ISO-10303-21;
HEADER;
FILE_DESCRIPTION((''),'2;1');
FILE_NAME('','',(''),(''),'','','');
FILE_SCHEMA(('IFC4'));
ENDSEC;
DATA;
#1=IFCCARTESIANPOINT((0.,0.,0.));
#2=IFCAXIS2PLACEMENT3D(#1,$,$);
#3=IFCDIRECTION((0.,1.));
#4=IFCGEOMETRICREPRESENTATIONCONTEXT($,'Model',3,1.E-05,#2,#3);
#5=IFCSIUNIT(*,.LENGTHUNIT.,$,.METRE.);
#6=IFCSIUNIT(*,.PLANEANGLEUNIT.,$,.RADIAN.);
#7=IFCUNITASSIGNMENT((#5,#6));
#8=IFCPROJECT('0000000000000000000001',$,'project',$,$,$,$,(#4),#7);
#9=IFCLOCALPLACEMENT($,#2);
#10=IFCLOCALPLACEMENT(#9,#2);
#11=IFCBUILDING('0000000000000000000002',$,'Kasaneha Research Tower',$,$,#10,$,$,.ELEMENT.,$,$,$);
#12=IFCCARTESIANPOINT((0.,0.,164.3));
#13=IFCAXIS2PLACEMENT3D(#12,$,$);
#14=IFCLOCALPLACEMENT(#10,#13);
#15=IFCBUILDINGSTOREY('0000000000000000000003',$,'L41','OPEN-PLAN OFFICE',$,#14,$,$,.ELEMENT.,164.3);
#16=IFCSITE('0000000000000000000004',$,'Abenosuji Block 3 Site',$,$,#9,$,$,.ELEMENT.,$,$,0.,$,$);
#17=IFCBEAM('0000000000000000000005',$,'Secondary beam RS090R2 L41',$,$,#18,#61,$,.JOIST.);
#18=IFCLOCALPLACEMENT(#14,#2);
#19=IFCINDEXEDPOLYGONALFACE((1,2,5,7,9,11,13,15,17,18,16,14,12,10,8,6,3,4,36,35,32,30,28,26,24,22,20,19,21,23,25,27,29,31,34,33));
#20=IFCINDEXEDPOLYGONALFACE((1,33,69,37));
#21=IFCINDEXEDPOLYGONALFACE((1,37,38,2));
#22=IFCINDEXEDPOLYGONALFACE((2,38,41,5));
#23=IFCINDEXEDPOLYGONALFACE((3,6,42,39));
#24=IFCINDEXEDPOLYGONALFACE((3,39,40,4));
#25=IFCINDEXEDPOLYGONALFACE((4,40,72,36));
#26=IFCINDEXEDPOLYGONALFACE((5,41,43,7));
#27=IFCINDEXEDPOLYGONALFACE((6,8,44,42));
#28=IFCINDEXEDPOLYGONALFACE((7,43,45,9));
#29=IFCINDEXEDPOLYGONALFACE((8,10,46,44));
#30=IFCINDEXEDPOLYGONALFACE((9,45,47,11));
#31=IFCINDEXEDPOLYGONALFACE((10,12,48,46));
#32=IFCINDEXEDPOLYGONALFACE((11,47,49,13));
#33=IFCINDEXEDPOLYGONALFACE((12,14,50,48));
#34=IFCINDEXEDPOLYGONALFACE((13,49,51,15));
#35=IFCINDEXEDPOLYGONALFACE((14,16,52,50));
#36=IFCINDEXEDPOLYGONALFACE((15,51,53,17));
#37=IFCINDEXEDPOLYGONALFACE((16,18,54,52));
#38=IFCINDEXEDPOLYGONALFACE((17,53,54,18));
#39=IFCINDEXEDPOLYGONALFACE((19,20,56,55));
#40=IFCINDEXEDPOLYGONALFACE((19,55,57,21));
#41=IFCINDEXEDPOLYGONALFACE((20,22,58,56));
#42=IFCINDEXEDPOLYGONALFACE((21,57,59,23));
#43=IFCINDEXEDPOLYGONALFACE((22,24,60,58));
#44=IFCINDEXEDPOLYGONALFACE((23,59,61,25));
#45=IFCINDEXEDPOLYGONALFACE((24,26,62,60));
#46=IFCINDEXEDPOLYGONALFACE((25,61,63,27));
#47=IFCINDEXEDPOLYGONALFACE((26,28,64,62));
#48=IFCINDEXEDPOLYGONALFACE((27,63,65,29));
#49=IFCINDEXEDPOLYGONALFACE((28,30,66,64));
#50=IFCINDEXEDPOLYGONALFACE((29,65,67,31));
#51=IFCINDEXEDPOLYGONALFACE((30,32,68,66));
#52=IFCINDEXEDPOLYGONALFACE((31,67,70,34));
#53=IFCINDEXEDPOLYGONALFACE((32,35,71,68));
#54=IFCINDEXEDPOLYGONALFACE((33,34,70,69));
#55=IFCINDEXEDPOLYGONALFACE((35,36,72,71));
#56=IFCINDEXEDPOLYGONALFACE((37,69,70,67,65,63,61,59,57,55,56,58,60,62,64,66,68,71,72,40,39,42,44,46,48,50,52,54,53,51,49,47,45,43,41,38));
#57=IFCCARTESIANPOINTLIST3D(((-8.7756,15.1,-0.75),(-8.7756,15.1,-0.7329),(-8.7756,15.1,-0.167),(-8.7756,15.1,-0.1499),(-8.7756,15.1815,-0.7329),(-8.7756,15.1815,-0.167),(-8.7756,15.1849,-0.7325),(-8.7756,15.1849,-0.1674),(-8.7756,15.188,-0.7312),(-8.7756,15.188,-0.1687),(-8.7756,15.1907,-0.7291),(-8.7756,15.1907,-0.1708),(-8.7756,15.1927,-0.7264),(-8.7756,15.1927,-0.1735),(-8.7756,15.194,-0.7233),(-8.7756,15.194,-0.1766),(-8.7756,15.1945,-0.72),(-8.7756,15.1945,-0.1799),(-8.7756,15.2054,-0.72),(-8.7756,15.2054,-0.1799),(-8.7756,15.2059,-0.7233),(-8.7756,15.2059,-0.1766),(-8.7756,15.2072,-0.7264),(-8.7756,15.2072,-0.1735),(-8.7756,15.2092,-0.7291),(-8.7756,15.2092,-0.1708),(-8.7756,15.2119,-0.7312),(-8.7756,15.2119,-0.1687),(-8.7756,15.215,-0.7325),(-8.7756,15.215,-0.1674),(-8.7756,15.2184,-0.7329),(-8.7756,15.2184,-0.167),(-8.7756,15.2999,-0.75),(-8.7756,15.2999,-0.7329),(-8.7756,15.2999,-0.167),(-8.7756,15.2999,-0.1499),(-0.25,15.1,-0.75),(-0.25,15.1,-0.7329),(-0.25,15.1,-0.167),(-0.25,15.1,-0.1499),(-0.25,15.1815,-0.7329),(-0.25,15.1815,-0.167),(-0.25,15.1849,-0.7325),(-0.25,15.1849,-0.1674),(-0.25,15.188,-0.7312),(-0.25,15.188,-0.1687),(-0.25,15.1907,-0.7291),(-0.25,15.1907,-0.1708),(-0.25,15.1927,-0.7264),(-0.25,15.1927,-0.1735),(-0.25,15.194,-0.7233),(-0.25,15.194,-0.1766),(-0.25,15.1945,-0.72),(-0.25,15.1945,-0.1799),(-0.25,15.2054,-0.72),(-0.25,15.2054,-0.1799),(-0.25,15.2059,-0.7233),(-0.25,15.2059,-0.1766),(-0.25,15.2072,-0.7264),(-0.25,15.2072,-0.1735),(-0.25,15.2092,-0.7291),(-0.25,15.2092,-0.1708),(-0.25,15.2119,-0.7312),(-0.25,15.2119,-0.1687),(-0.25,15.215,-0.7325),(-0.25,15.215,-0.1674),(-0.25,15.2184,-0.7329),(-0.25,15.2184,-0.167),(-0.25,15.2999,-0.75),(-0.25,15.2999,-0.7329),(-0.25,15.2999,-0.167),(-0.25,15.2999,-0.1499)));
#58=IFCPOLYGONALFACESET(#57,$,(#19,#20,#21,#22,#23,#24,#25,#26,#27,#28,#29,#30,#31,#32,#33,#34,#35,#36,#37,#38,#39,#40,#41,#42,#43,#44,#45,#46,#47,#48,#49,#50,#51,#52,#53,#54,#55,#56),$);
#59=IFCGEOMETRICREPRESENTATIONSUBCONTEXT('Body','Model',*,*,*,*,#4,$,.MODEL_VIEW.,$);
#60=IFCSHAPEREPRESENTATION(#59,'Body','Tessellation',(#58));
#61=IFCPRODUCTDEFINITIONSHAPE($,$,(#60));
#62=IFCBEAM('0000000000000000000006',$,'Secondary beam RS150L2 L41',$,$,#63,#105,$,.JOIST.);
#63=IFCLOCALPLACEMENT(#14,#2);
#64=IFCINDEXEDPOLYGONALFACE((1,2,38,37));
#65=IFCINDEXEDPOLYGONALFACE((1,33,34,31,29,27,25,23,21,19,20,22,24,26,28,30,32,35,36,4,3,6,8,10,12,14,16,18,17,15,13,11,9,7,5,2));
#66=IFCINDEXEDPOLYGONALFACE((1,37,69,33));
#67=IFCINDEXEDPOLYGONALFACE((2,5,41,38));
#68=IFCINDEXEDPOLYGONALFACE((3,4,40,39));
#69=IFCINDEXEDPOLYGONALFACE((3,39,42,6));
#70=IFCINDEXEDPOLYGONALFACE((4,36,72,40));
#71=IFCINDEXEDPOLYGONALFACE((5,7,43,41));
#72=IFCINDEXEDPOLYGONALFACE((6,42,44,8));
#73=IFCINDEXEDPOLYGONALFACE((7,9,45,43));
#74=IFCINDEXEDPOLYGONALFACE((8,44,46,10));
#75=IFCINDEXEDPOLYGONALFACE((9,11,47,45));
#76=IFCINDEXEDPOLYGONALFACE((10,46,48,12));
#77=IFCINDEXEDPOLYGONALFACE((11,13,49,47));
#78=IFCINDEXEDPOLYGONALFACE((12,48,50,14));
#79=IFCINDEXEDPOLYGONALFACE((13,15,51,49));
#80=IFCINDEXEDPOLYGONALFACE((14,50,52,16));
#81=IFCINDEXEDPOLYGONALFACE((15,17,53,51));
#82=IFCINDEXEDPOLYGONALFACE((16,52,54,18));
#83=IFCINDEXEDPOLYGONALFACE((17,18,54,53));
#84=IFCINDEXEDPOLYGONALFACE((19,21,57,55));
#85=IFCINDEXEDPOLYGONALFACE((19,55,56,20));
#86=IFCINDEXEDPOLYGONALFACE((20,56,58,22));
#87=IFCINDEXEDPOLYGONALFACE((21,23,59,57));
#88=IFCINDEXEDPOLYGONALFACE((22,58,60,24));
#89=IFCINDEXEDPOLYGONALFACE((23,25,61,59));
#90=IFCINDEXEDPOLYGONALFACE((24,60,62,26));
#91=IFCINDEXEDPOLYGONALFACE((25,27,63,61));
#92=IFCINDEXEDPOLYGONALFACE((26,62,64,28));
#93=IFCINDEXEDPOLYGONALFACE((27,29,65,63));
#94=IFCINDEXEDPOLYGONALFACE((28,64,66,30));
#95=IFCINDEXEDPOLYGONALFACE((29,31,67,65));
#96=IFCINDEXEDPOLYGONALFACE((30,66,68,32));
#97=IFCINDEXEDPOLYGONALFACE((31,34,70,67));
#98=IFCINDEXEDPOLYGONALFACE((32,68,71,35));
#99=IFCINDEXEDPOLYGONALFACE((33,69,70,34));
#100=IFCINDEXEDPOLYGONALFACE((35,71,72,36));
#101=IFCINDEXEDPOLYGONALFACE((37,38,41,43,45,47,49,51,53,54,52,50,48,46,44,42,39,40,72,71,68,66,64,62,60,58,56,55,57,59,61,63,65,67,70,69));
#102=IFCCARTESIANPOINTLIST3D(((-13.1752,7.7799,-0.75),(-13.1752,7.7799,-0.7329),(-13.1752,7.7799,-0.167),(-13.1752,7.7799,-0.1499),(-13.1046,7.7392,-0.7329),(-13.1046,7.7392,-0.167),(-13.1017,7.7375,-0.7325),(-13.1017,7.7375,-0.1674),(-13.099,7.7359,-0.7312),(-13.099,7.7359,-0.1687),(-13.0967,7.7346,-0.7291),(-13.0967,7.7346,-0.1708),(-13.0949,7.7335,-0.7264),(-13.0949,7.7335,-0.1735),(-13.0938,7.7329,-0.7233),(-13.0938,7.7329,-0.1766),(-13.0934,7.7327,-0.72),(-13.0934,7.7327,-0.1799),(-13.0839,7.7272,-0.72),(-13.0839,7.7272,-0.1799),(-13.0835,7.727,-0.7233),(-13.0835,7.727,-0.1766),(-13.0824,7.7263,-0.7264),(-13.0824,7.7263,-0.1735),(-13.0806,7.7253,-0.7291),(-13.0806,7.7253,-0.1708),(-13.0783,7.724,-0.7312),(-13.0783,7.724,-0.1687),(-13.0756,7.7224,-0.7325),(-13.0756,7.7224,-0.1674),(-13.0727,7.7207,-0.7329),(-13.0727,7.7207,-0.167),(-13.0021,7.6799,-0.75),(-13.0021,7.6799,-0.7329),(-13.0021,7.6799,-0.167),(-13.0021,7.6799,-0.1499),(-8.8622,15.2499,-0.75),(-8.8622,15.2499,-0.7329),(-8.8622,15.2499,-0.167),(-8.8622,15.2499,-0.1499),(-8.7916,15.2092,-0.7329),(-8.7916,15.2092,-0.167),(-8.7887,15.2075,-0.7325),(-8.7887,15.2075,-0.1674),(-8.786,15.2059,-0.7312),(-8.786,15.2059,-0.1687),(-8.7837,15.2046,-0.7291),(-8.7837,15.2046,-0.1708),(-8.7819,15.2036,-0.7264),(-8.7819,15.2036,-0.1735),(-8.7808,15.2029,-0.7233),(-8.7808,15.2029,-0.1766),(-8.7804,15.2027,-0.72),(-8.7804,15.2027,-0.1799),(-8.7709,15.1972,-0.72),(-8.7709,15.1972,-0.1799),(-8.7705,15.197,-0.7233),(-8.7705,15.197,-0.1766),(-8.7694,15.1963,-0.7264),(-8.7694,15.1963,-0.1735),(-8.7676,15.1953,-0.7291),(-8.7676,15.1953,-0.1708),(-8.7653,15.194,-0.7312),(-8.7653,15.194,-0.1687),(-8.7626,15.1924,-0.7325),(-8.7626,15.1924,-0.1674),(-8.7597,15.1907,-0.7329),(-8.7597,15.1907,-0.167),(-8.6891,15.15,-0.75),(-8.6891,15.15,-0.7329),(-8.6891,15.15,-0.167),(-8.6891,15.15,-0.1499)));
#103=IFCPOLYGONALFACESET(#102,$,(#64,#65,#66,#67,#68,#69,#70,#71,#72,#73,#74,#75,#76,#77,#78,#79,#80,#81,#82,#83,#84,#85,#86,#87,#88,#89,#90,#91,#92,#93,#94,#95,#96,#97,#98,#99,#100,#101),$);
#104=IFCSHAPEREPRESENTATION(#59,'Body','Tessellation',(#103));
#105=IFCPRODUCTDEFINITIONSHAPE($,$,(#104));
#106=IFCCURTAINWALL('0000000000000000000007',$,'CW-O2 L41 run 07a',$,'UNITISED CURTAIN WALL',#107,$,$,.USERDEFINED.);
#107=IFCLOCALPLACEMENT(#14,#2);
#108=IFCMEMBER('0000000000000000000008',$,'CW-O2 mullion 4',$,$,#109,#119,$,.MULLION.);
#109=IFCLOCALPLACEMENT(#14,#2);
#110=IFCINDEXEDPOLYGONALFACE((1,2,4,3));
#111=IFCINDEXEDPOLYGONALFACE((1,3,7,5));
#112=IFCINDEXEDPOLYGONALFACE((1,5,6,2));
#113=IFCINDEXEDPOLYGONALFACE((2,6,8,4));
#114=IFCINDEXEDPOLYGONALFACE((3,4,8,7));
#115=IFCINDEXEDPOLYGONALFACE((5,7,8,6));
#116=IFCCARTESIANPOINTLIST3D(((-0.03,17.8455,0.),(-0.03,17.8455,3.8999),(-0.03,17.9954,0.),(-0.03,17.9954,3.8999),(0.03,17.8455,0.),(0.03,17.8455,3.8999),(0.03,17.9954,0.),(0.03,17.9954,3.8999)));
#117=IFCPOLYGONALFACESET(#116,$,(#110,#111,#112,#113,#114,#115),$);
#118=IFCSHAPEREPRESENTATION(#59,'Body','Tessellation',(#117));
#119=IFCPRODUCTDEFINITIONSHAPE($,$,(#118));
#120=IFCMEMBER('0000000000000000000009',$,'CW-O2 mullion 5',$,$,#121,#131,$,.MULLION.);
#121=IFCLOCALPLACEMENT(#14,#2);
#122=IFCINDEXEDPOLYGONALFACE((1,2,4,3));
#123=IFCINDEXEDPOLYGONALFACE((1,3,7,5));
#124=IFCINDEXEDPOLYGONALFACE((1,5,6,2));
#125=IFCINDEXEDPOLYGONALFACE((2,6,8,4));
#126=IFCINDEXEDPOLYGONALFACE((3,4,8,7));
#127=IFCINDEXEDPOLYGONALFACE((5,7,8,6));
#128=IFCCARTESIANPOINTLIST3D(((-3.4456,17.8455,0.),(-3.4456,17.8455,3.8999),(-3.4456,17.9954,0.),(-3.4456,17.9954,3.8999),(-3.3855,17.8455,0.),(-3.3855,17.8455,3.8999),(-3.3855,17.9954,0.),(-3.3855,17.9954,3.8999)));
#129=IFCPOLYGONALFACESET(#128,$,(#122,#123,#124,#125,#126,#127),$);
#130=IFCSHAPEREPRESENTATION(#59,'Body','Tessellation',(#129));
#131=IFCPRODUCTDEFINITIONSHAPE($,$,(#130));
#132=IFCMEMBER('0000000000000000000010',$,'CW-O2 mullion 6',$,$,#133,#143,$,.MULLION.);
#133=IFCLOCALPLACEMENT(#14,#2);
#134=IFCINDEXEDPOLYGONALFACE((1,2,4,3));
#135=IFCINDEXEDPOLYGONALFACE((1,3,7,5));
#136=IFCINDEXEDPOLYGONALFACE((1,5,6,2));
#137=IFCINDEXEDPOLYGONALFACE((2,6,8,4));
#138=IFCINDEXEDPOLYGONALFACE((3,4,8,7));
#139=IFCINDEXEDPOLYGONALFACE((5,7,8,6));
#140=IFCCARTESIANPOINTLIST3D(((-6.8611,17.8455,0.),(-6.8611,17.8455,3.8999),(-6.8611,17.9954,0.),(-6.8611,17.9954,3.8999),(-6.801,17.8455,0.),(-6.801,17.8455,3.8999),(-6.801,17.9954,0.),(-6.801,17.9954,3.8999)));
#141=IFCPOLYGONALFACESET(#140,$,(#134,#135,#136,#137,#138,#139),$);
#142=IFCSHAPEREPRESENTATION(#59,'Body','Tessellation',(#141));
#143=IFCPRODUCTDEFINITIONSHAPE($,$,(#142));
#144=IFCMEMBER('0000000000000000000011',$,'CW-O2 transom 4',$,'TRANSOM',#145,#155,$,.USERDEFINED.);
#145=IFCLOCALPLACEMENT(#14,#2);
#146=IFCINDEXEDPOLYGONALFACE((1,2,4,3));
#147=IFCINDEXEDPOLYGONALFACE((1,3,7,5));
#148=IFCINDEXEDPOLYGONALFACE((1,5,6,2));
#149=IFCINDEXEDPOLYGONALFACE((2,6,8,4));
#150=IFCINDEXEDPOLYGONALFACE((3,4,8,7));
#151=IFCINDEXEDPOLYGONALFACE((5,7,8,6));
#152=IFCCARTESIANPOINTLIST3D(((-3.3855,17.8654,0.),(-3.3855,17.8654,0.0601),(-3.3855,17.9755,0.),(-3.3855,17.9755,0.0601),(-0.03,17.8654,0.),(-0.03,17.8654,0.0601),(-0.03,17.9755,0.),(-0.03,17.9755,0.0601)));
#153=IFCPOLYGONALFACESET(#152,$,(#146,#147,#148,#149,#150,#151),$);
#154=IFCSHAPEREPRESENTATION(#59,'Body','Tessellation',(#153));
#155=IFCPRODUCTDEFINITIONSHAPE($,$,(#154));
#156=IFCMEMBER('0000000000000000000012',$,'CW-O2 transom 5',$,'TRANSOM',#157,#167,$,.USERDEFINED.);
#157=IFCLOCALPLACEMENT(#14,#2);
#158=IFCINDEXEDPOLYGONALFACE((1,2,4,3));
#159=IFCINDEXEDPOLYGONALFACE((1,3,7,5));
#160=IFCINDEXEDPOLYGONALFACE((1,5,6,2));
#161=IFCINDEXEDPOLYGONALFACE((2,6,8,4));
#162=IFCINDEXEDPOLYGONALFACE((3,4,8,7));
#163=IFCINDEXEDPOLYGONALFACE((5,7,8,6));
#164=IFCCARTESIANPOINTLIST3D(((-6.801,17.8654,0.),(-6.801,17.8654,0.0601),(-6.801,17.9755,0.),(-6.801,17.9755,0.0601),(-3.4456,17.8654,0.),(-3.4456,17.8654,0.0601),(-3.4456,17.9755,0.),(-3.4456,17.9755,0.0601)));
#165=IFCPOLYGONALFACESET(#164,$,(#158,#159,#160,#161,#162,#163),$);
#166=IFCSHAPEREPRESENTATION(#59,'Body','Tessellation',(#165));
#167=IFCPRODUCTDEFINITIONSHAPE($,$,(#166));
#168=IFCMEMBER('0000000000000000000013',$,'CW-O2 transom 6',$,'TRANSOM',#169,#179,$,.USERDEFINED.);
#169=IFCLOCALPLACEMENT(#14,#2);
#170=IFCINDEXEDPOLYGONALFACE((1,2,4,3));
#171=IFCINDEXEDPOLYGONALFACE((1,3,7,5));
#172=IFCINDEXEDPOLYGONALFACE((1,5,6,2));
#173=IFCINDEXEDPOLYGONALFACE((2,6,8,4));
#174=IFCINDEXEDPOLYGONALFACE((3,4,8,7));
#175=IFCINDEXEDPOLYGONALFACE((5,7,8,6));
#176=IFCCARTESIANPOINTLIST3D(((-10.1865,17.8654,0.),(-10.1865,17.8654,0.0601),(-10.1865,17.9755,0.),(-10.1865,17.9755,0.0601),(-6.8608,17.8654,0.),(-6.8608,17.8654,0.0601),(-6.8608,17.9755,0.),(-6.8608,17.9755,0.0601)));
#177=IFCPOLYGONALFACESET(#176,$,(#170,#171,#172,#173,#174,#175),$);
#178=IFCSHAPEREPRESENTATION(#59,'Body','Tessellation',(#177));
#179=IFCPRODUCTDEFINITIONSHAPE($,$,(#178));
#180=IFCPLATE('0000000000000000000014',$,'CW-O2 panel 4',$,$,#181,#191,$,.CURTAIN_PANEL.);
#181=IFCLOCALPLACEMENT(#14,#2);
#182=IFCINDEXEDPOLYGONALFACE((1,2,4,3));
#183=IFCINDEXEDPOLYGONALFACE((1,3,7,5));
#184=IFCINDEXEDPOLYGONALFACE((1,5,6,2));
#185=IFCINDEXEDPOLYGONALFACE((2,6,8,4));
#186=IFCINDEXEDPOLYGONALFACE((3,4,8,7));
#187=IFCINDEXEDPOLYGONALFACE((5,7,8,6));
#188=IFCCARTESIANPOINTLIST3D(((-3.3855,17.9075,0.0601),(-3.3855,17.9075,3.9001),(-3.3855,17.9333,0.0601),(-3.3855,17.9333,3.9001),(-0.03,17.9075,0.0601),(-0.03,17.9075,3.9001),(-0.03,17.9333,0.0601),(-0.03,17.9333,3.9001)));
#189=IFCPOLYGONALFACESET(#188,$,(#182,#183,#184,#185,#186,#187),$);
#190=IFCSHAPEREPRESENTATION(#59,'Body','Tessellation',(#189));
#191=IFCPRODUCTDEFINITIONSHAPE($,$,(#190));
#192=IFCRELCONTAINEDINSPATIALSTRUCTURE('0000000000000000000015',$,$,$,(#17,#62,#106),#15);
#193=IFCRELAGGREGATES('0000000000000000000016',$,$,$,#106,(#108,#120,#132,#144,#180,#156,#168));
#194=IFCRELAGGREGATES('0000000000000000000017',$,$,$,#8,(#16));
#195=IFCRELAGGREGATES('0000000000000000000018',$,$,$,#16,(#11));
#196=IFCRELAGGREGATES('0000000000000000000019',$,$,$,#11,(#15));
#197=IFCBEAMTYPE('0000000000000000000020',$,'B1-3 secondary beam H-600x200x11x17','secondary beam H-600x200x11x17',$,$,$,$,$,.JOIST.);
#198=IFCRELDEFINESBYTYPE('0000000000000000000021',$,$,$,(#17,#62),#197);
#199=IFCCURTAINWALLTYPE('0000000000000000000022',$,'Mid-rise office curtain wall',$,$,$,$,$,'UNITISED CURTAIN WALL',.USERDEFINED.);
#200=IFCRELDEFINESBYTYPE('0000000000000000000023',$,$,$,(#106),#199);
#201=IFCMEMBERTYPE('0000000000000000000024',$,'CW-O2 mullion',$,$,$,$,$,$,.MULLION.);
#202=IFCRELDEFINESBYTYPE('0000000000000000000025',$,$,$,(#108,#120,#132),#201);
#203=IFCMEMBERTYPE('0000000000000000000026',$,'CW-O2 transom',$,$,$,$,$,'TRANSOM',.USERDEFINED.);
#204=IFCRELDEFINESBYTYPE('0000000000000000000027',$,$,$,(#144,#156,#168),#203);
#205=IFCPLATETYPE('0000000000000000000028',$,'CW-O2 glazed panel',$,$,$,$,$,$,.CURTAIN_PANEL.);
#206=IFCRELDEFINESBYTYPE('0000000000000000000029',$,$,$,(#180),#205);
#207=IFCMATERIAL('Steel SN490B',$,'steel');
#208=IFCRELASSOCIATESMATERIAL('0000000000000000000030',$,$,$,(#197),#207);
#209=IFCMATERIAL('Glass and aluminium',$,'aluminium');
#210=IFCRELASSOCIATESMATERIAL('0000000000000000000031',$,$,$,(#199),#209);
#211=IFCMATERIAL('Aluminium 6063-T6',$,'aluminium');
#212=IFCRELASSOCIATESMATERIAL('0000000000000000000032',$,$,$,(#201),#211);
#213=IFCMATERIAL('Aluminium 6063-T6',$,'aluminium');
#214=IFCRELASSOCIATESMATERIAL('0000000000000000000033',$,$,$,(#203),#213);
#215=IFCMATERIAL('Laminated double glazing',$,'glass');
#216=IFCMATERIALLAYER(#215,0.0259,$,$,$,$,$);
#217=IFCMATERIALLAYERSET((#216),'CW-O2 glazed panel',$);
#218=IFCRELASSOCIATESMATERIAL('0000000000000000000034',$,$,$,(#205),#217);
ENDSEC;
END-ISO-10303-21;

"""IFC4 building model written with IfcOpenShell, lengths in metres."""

from ifc_helpers import new_model, si_unit, direction, frame, origin, origin_2d, place, context, subcontext, project, spatial, rectangle, i_section, extrude, material, layer, layer_set, material_profile, profile_set, type_object, element, aggregate, save


model = new_model("IFC4")

# Units and contexts
model_context = context("Model", 3, precision=1e-05, world=origin(), true_north=direction((0.0, 1.0)))
body_context = subcontext(model_context, "Body", "Model", "MODEL_VIEW")
ifc_project = project(units=[si_unit("LENGTHUNIT", "METRE"), si_unit("PLANEANGLEUNIT", "RADIAN")], contexts=[model_context])

# Site, building, storey
site_placement = place(None, origin())
site = spatial("IfcSite", under=ifc_project, at=site_placement, Name="Abenosuji Block 3 Site", CompositionType="ELEMENT", RefElevation=0.0)
building_placement = place(site_placement, origin())
building = spatial("IfcBuilding", under=site, at=building_placement, Name="Kasaneha Research Tower", CompositionType="ELEMENT")
storey_placement = place(building_placement, frame((0.0, 0.0, 164.3)))
storey = spatial("IfcBuildingStorey", under=building, at=storey_placement, Name="L41", Description="OPEN-PLAN OFFICE", CompositionType="ELEMENT", Elevation=164.3)

# Beams
ifc_material_1 = material(Name="Steel SN490B", Category="steel")
ifc_material_profile_1 = material_profile(ifc_material_1, i_section(OverallWidth=0.2, OverallDepth=0.6001, WebThickness=0.011, FlangeThickness=0.0171, FilletRadius=0.0129, at=origin_2d()), Name="H-600x200x11x17")
ifc_profile_set_1 = profile_set([ifc_material_profile_1], Name="Steel SN490B")
beam_type = type_object("IfcBeamType", Name="B1-3 secondary beam H-600x200x11x17", Description="secondary beam H-600x200x11x17", PredefinedType="JOIST", material=ifc_profile_set_1)
beam_1_placement = place(storey_placement, frame((-8.7756, 15.2, -0.45), z_axis=(1.0, 0.0, 0.0), x_axis=(0.0, 1.0, 0.0)))
element("IfcBeam", 1, at=beam_1_placement, inside=storey, type_object=beam_type, Name="Secondary beam RS090R2 L41", PredefinedType="JOIST", context=body_context, shape_type="SweptSolid", body=[
    extrude(i_section(OverallWidth=0.2, OverallDepth=0.6001, WebThickness=0.011, FlangeThickness=0.0171, FilletRadius=0.0129, at=origin_2d()), origin(), (0.0, 0.0, 1.0), 8.5256),
])
beam_2_placement = place(storey_placement, frame((-8.7756, 15.2, -0.45), z_axis=(-0.500017, -0.866015, 0.0), x_axis=(0.866015, -0.500017, 0.0)))
element("IfcBeam", 2, at=beam_2_placement, inside=storey, type_object=beam_type, Name="Secondary beam RS150L2 L41", PredefinedType="JOIST", context=body_context, shape_type="SweptSolid", body=[
    extrude(i_section(OverallWidth=0.2, OverallDepth=0.6001, WebThickness=0.011, FlangeThickness=0.0171, FilletRadius=0.0129, at=origin_2d()), origin(), (0.0, 0.0, 1.0), 8.6257),
])

# Curtain wall, members, plate
ifc_material_2 = material(Name="Glass and aluminium", Category="aluminium")
curtain_wall_type = type_object("IfcCurtainWallType", Name="Mid-rise office curtain wall", ElementType="UNITISED CURTAIN WALL", PredefinedType="USERDEFINED", material=ifc_material_2)
curtain_wall_placement = place(storey_placement, origin())
curtain_wall = element("IfcCurtainWall", 3, at=curtain_wall_placement, inside=storey, type_object=curtain_wall_type, Name="CW-O2 L41 run 07a", ObjectType="UNITISED CURTAIN WALL", PredefinedType="USERDEFINED")
ifc_material_3 = material(Name="Aluminium 6063-T6", Category="aluminium")
ifc_material_profile_2 = material_profile(ifc_material_3, rectangle(XDim=0.0601, YDim=0.1499, at=origin_2d()), Name="CW-O2 mullion 60x150")
ifc_profile_set_2 = profile_set([ifc_material_profile_2], Name="Aluminium 6063-T6")
member_type_1 = type_object("IfcMemberType", Name="CW-O2 mullion", PredefinedType="MULLION", material=ifc_profile_set_2)
member_1_placement = place(storey_placement, frame((0.0, 17.9204, 0.0), z_axis=(0.0, 0.0, 1.0), x_axis=(-1.0, 0.0, 0.0)))
member_1 = element("IfcMember", 4, at=member_1_placement, type_object=member_type_1, Name="CW-O2 mullion 4", PredefinedType="MULLION", context=body_context, shape_type="SweptSolid", body=[
    extrude(rectangle(XDim=0.0601, YDim=0.1499, at=origin_2d()), origin(), (0.0, 0.0, 1.0), 3.8999),
])
member_2_placement = place(storey_placement, frame((-3.4155, 17.9204, 0.0), z_axis=(0.0, 0.0, 1.0), x_axis=(-1.0, 0.0, 0.0)))
member_2 = element("IfcMember", 5, at=member_2_placement, type_object=member_type_1, Name="CW-O2 mullion 5", PredefinedType="MULLION", context=body_context, shape_type="SweptSolid", body=[
    extrude(rectangle(XDim=0.0601, YDim=0.1499, at=origin_2d()), origin(), (0.0, 0.0, 1.0), 3.8999),
])
member_3_placement = place(storey_placement, frame((-6.8311, 17.9204, 0.0), z_axis=(0.0, 0.0, 1.0), x_axis=(-1.0, 0.0, 0.0)))
member_3 = element("IfcMember", 6, at=member_3_placement, type_object=member_type_1, Name="CW-O2 mullion 6", PredefinedType="MULLION", context=body_context, shape_type="SweptSolid", body=[
    extrude(rectangle(XDim=0.0601, YDim=0.1499, at=origin_2d()), origin(), (0.0, 0.0, 1.0), 3.8999),
])
ifc_material_4 = material(Name="Aluminium 6063-T6", Category="aluminium")
ifc_material_profile_3 = material_profile(ifc_material_4, rectangle(XDim=0.1101, YDim=0.0601, at=origin_2d()), Name="CW-O2 transom 110x60")
ifc_profile_set_3 = profile_set([ifc_material_profile_3], Name="Aluminium 6063-T6")
member_type_2 = type_object("IfcMemberType", Name="CW-O2 transom", ElementType="TRANSOM", PredefinedType="USERDEFINED", material=ifc_profile_set_3)
member_4_placement = place(storey_placement, frame((-0.03, 17.9204, 0.03), z_axis=(-1.0, 0.0, 0.0), x_axis=(0.0, -1.0, 0.0)))
member_4 = element("IfcMember", 7, at=member_4_placement, type_object=member_type_2, Name="CW-O2 transom 4", ObjectType="TRANSOM", PredefinedType="USERDEFINED", context=body_context, shape_type="SweptSolid", body=[
    extrude(rectangle(XDim=0.1101, YDim=0.0601, at=origin_2d()), origin(), (0.0, 0.0, 1.0), 3.3555),
])
member_5_placement = place(storey_placement, frame((-3.4456, 17.9204, 0.03), z_axis=(-1.0, 0.0, 0.0), x_axis=(0.0, -1.0, 0.0)))
member_5 = element("IfcMember", 8, at=member_5_placement, type_object=member_type_2, Name="CW-O2 transom 5", ObjectType="TRANSOM", PredefinedType="USERDEFINED", context=body_context, shape_type="SweptSolid", body=[
    extrude(rectangle(XDim=0.1101, YDim=0.0601, at=origin_2d()), origin(), (0.0, 0.0, 1.0), 3.3555),
])
member_6_placement = place(storey_placement, frame((-6.8608, 17.9204, 0.03), z_axis=(-1.0, 0.0, 0.0), x_axis=(0.0, -1.0, 0.0)))
member_6 = element("IfcMember", 9, at=member_6_placement, type_object=member_type_2, Name="CW-O2 transom 6", ObjectType="TRANSOM", PredefinedType="USERDEFINED", context=body_context, shape_type="SweptSolid", body=[
    extrude(rectangle(XDim=0.1101, YDim=0.0601, at=origin_2d()), origin(), (0.0, 0.0, 1.0), 3.3257),
])
ifc_material_5 = material(Name="Laminated double glazing", Category="glass")
ifc_layer_1 = layer(ifc_material_5, 0.0259)
ifc_layer_set_1 = layer_set([ifc_layer_1], Name="CW-O2 glazed panel")
plate_type = type_object("IfcPlateType", Name="CW-O2 glazed panel", PredefinedType="CURTAIN_PANEL", material=ifc_layer_set_1)
plate_1_placement = place(storey_placement, frame((-1.7078, 17.9204, 0.0601), z_axis=(0.0, 0.0, 1.0), x_axis=(-1.0, 0.0, 0.0)))
plate_1 = element("IfcPlate", 10, at=plate_1_placement, type_object=plate_type, Name="CW-O2 panel 4", PredefinedType="CURTAIN_PANEL", context=body_context, shape_type="SweptSolid", body=[
    extrude(rectangle(XDim=3.3555, YDim=0.0259, at=origin_2d()), origin(), (0.0, 0.0, 1.0), 3.8401),
])
aggregate(curtain_wall, [member_1, member_2, member_3, member_4, plate_1, member_5, member_6])

save(model, "model.ifc")
